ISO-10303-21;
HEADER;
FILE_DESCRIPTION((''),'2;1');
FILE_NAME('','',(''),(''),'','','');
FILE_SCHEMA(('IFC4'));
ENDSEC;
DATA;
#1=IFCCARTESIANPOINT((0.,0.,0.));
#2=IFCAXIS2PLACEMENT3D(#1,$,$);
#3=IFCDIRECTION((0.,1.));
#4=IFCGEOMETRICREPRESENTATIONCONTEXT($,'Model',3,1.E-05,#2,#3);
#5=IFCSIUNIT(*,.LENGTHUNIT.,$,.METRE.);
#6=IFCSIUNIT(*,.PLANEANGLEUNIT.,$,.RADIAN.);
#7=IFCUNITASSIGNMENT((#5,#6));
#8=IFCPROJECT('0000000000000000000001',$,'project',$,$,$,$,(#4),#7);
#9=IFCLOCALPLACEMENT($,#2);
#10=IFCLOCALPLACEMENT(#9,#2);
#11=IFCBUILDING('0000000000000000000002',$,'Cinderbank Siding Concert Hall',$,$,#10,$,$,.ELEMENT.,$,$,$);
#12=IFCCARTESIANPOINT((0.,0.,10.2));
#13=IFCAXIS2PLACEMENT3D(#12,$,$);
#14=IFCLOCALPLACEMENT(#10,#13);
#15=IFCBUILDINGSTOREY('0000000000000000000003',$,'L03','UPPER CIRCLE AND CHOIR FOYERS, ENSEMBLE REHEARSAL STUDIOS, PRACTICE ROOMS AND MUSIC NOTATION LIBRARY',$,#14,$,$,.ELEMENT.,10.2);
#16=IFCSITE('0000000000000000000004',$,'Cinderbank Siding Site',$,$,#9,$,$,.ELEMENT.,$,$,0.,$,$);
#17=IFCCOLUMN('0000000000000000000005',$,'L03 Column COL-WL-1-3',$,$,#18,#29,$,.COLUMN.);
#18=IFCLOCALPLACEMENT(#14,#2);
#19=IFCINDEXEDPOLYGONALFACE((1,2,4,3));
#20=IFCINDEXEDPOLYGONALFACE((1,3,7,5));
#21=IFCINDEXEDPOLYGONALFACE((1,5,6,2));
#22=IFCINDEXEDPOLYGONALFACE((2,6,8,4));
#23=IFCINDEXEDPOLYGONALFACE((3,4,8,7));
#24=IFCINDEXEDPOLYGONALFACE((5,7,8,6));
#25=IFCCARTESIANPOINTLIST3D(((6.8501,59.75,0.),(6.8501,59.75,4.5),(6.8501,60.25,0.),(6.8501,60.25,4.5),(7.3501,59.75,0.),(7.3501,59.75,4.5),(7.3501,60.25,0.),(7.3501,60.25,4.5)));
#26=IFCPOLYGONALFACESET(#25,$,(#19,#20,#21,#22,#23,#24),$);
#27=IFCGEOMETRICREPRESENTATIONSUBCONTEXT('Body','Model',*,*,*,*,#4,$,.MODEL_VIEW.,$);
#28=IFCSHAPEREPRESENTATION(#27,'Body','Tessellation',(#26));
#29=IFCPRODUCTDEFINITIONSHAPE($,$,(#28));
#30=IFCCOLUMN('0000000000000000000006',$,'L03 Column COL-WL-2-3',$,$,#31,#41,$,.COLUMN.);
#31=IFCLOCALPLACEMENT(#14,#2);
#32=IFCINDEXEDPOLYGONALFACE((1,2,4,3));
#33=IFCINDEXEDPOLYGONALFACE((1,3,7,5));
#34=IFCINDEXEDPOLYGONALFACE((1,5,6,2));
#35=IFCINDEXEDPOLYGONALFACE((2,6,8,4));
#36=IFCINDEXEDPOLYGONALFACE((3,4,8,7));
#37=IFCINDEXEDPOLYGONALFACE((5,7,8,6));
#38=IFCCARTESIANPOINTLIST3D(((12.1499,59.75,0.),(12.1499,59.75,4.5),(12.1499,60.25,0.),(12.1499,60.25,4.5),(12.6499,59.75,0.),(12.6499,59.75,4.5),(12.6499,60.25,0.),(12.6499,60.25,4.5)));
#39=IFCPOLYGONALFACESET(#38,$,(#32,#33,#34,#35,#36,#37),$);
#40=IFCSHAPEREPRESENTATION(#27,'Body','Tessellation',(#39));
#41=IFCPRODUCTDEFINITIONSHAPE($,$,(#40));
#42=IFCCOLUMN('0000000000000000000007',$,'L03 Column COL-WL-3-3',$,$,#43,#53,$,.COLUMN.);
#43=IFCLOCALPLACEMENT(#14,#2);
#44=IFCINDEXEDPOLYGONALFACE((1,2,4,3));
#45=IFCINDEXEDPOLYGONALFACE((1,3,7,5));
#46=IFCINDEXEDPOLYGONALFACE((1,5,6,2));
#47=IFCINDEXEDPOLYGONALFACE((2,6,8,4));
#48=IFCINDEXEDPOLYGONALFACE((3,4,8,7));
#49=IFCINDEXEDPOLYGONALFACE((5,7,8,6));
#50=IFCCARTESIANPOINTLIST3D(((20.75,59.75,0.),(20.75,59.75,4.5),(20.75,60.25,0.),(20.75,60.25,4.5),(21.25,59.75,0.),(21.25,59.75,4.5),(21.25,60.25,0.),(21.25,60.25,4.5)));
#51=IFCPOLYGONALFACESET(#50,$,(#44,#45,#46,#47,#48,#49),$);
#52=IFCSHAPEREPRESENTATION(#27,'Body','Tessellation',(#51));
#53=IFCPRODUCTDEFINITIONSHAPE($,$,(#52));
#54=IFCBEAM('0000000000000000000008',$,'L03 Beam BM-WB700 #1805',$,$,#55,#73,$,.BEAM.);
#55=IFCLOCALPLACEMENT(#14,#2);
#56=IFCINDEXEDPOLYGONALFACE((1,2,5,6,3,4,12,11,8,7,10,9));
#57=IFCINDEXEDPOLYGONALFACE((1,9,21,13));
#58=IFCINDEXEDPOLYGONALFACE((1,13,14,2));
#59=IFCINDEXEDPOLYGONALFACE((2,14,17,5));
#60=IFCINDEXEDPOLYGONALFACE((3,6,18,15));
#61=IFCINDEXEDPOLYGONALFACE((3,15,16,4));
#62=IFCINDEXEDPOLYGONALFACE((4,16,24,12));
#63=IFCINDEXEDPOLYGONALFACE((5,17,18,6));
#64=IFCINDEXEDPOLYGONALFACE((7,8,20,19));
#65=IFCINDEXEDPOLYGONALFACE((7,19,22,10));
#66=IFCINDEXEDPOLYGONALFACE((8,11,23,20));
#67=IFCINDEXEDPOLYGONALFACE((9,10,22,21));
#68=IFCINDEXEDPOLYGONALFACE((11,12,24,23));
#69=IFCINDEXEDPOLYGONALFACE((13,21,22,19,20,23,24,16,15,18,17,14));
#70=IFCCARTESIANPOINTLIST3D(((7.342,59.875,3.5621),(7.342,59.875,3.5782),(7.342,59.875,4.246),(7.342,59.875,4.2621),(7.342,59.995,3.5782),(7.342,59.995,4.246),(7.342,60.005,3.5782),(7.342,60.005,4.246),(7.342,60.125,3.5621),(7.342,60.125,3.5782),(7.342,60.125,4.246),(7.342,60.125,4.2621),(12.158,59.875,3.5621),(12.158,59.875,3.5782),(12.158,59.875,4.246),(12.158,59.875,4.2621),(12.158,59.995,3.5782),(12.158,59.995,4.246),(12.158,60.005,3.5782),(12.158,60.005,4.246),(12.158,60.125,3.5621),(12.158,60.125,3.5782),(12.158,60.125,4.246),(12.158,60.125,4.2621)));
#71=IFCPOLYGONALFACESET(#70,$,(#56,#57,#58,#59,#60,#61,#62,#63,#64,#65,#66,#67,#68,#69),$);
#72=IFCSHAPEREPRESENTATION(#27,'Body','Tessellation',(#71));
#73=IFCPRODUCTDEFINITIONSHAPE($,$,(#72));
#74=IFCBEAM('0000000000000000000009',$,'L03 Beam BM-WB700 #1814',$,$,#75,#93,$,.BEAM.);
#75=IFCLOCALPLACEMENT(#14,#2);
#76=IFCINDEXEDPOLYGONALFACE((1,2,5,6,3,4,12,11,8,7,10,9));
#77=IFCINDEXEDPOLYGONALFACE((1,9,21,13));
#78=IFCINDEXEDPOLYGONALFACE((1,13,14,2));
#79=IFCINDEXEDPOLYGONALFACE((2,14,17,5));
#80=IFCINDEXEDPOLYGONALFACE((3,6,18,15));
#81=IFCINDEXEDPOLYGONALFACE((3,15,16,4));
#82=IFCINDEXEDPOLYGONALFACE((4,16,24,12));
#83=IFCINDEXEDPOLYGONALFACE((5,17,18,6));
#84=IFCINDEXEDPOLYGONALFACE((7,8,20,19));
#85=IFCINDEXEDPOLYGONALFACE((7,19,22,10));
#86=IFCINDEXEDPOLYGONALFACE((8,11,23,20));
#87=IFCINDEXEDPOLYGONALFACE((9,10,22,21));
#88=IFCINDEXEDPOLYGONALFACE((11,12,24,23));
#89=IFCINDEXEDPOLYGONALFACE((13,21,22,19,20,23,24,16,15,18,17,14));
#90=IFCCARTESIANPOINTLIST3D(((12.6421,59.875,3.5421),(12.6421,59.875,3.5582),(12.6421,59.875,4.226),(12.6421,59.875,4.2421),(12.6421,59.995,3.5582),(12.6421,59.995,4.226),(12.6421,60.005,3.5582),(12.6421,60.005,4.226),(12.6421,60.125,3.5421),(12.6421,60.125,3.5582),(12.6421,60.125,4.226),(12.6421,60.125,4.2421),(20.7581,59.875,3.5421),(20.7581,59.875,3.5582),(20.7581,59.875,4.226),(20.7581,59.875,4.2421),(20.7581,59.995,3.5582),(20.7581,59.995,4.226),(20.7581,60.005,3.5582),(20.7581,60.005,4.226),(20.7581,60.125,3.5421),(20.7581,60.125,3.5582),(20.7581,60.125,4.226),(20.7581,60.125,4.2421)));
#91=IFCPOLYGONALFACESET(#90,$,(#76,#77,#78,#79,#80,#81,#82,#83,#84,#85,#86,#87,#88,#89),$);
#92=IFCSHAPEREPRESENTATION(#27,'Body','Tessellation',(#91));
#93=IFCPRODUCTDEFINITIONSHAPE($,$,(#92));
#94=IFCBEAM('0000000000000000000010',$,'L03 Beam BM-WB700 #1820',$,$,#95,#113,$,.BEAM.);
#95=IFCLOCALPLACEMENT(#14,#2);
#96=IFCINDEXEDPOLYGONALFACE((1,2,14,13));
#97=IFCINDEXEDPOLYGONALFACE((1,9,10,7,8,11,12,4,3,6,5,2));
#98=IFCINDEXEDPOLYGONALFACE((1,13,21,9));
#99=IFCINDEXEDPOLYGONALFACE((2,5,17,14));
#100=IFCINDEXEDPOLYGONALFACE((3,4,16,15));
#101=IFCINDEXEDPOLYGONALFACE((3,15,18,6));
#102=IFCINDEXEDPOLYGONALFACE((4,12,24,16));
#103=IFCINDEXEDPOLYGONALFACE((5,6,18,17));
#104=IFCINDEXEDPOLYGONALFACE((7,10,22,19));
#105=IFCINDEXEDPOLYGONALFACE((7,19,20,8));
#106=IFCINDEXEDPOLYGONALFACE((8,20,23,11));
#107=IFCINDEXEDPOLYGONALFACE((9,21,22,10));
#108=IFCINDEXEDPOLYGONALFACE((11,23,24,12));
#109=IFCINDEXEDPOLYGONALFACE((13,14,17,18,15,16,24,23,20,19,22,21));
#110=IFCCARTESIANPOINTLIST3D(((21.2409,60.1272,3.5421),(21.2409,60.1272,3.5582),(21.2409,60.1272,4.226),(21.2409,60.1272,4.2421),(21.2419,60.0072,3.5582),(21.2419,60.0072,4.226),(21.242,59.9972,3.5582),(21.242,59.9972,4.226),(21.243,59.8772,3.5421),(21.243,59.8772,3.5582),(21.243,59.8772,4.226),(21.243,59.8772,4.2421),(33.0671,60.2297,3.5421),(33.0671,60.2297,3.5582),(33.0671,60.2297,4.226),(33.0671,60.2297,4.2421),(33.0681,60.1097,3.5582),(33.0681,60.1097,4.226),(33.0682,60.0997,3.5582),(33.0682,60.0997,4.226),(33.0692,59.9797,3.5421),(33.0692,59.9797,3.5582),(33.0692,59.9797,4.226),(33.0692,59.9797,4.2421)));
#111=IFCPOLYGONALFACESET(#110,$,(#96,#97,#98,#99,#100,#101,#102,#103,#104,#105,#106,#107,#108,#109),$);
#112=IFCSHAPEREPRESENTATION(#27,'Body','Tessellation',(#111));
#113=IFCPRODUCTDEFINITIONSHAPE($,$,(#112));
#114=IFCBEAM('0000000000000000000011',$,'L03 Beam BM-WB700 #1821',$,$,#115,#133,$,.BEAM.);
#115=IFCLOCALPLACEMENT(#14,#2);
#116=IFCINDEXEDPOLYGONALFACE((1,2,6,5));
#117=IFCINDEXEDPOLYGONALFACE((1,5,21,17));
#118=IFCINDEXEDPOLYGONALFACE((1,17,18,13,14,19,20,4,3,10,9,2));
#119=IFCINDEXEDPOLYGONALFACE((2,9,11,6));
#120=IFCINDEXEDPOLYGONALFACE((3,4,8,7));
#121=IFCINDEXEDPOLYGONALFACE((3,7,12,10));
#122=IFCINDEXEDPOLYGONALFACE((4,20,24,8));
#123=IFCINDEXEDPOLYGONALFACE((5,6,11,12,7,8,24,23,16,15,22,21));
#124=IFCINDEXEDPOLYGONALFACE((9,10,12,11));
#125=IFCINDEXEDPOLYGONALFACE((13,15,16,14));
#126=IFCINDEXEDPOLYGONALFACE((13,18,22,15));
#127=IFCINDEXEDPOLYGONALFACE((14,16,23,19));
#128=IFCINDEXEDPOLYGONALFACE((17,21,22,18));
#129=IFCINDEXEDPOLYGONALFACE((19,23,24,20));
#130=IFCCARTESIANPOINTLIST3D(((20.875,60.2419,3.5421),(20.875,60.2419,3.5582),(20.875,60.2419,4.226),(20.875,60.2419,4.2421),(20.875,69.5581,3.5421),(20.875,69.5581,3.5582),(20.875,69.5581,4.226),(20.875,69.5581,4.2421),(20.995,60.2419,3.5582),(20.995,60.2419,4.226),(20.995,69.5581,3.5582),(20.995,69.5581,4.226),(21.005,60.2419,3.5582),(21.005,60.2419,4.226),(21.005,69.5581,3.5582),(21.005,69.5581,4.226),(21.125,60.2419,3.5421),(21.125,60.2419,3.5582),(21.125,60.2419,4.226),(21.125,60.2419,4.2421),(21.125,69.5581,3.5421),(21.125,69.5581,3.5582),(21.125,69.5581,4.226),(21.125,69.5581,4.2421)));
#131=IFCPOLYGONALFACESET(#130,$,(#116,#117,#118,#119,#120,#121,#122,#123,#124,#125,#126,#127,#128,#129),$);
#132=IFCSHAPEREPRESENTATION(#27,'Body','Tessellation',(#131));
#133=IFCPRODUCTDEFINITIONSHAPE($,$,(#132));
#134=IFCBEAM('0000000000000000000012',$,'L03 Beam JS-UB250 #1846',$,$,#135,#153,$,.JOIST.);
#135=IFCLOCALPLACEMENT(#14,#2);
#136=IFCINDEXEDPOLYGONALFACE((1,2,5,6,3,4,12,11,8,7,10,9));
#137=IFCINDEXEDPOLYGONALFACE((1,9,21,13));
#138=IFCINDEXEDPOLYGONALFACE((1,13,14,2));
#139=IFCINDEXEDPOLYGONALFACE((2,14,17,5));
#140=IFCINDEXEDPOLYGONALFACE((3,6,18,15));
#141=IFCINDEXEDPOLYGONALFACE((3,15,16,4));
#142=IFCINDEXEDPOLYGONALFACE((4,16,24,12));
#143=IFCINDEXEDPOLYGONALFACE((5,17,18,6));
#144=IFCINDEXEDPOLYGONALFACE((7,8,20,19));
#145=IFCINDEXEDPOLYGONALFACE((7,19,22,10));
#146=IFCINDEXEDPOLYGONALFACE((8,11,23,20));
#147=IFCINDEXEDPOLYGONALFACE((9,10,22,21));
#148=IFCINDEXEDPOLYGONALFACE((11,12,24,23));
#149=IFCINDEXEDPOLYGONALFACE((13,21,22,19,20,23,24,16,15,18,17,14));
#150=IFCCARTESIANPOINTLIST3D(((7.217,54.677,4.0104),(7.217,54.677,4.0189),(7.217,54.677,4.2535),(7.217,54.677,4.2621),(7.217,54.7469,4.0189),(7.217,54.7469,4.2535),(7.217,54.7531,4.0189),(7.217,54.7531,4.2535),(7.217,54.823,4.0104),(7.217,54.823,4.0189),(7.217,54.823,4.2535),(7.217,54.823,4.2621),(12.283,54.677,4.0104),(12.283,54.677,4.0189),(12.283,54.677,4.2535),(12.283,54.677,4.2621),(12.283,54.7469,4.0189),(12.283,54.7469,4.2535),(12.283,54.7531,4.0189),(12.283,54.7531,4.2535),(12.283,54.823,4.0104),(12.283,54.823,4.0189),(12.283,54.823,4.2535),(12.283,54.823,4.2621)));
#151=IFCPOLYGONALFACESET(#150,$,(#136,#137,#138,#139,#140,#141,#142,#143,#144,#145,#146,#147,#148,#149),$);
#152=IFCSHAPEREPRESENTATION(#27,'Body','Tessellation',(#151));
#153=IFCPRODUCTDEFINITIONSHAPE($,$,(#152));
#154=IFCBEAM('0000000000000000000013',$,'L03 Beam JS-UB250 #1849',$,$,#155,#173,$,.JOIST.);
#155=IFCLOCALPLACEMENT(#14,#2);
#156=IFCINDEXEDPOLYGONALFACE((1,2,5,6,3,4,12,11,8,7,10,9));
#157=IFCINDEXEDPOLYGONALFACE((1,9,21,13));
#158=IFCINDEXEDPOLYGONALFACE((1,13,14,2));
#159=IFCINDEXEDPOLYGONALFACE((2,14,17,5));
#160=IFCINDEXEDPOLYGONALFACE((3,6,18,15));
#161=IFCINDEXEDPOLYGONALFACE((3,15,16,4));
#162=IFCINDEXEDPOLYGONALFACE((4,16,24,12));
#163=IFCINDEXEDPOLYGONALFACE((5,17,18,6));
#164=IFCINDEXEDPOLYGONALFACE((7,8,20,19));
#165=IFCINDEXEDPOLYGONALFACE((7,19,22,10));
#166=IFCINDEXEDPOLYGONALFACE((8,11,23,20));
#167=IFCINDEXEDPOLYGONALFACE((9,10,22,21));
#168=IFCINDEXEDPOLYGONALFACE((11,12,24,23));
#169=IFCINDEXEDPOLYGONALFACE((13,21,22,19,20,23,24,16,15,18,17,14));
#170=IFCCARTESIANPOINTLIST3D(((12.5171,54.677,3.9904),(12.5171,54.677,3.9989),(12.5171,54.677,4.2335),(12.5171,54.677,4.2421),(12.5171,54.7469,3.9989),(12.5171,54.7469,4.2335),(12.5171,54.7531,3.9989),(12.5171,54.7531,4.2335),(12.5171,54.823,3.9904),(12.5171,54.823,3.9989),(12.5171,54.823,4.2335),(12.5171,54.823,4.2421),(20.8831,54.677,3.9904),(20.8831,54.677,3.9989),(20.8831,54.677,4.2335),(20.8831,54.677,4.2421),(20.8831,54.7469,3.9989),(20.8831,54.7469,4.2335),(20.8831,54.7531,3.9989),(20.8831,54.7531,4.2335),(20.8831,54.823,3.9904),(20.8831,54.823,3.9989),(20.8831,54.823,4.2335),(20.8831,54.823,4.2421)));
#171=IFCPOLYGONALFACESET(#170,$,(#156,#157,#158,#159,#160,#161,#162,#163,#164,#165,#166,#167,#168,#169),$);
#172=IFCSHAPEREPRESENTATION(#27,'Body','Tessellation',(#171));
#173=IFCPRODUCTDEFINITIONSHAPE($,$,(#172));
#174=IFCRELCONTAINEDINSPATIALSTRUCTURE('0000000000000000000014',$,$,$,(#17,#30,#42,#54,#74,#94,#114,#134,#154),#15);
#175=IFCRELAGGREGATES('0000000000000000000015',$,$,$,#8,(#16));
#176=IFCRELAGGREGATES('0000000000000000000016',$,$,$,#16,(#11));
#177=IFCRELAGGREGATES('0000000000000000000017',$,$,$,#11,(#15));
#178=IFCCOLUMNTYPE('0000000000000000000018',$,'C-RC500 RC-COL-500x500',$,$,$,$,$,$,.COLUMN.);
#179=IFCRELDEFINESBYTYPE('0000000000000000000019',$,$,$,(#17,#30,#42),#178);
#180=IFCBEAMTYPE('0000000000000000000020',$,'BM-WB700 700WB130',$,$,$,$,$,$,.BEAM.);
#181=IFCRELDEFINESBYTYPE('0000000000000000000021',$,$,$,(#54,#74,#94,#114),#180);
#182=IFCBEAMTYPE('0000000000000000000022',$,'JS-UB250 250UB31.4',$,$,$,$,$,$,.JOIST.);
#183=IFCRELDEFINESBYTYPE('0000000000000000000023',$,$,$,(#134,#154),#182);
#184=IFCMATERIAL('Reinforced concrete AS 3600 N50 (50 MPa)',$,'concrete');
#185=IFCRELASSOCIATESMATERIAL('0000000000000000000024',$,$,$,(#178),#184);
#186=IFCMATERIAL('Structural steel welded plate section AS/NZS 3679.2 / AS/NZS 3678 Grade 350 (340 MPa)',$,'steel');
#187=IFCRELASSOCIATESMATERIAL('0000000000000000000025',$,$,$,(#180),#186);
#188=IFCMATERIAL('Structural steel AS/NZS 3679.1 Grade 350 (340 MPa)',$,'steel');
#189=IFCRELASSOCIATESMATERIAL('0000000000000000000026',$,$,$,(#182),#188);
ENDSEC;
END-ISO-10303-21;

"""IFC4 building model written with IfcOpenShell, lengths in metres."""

from ifc_helpers import new_model, si_unit, direction, frame, origin, origin_2d, place, context, subcontext, project, spatial, rectangle, i_section, extrude, material, material_profile, profile_set, type_object, element, save


model = new_model("IFC4")

# Units and contexts
model_context = context("Model", 3, precision=1e-05, world=origin(), true_north=direction((0.0, 1.0)))
body_context = subcontext(model_context, "Body", "Model", "MODEL_VIEW")
ifc_project = project(units=[si_unit("LENGTHUNIT", "METRE"), si_unit("PLANEANGLEUNIT", "RADIAN")], contexts=[model_context])

# Site, building, storey
site_placement = place(None, origin())
site = spatial("IfcSite", under=ifc_project, at=site_placement, Name="Cinderbank Siding Site", CompositionType="ELEMENT", RefElevation=0.0)
building_placement = place(site_placement, origin())
building = spatial("IfcBuilding", under=site, at=building_placement, Name="Cinderbank Siding Concert Hall", CompositionType="ELEMENT")
storey_placement = place(building_placement, frame((0.0, 0.0, 10.2)))
storey = spatial("IfcBuildingStorey", under=building, at=storey_placement, Name="L03", Description="UPPER CIRCLE AND CHOIR FOYERS, ENSEMBLE REHEARSAL STUDIOS, PRACTICE ROOMS AND MUSIC NOTATION LIBRARY", CompositionType="ELEMENT", Elevation=10.2)

# Columns
ifc_material_1 = material(Name="Reinforced concrete AS 3600 N50 (50 MPa)", Category="concrete")
ifc_material_profile_1 = material_profile(ifc_material_1, rectangle(XDim=0.5, YDim=0.5, at=origin_2d()), Name="RC-COL-500x500", Category="LoadBearing")
ifc_profile_set_1 = profile_set([ifc_material_profile_1], Name="Reinforced concrete AS 3600 N50 (50 MPa)")
column_type = type_object("IfcColumnType", Name="C-RC500 RC-COL-500x500", PredefinedType="COLUMN", material=ifc_profile_set_1)
for number, where, z_axis, x_axis, name in (
    (1, (7.1001, 60.0, 0.0), (0.0, 0.0, 1.0), (1.0, 0.0, 0.0), "L03 Column COL-WL-1-3"),
    (2, (12.3999, 60.0, 0.0), (0.0, 0.0, 1.0), (1.0, 0.0, 0.0), "L03 Column COL-WL-2-3"),
    (3, (21.0, 60.0, 0.0), (0.0, 0.0, 1.0), (1.0, 0.0, 0.0), "L03 Column COL-WL-3-3"),
):
    element("IfcColumn", number, at=place(storey_placement, frame(where, z_axis=z_axis, x_axis=x_axis)), inside=storey, type_object=column_type, Name=name, PredefinedType="COLUMN", context=body_context, shape_type="SweptSolid", body=[
        extrude(rectangle(XDim=0.5, YDim=0.5, at=origin_2d()), origin(), (0.0, 0.0, 1.0), 4.5),
    ])

# Beams
ifc_material_2 = material(Name="Structural steel welded plate section AS/NZS 3679.2 / AS/NZS 3678 Grade 350 (340 MPa)", Category="steel")
ifc_material_profile_2 = material_profile(ifc_material_2, i_section(OverallWidth=0.25, OverallDepth=0.7, WebThickness=0.01, FlangeThickness=0.0161, at=origin_2d()), Name="700WB130", Category="LoadBearing")
ifc_profile_set_2 = profile_set([ifc_material_profile_2], Name="Structural steel welded plate section AS/NZS 3679.2 / AS/NZS 3678 Grade 350 (340 MPa)")
beam_type_1 = type_object("IfcBeamType", Name="BM-WB700 700WB130", PredefinedType="BEAM", material=ifc_profile_set_2)
beam_1_placement = place(storey_placement, frame((7.342, 60.0, 3.9121), z_axis=(1.0, 0.0, 0.0), x_axis=(0.0, 1.0, 0.0)))
element("IfcBeam", 4, at=beam_1_placement, inside=storey, type_object=beam_type_1, Name="L03 Beam BM-WB700 #1805", PredefinedType="BEAM", context=body_context, shape_type="SweptSolid", body=[
    extrude(i_section(OverallWidth=0.25, OverallDepth=0.7, WebThickness=0.01, FlangeThickness=0.0161, at=origin_2d()), origin(), (0.0, 0.0, 1.0), 4.8159),
])
beam_2_placement = place(storey_placement, frame((12.6421, 60.0, 3.8921), z_axis=(1.0, 0.0, 0.0), x_axis=(0.0, 1.0, 0.0)))
element("IfcBeam", 5, at=beam_2_placement, inside=storey, type_object=beam_type_1, Name="L03 Beam BM-WB700 #1814", PredefinedType="BEAM", context=body_context, shape_type="SweptSolid", body=[
    extrude(i_section(OverallWidth=0.25, OverallDepth=0.7, WebThickness=0.01, FlangeThickness=0.0161, at=origin_2d()), origin(), (0.0, 0.0, 1.0), 8.116),
])
beam_3_placement = place(storey_placement, frame((21.2419, 60.0022, 3.8921), z_axis=(0.999962, 0.00867, 0.0), x_axis=(-0.00867, 0.999962, 0.0)))
element("IfcBeam", 6, at=beam_3_placement, inside=storey, type_object=beam_type_1, Name="L03 Beam BM-WB700 #1820", PredefinedType="BEAM", context=body_context, shape_type="SweptSolid", body=[
    extrude(i_section(OverallWidth=0.25, OverallDepth=0.7, WebThickness=0.01, FlangeThickness=0.0161, at=origin_2d()), origin(), (0.0, 0.0, 1.0), 11.8267),
])
beam_4_placement = place(storey_placement, frame((21.0, 60.2419, 3.8921), z_axis=(0.0, 1.0, 0.0), x_axis=(-1.0, 0.0, 0.0)))
element("IfcBeam", 7, at=beam_4_placement, inside=storey, type_object=beam_type_1, Name="L03 Beam BM-WB700 #1821", PredefinedType="BEAM", context=body_context, shape_type="SweptSolid", body=[
    extrude(i_section(OverallWidth=0.25, OverallDepth=0.7, WebThickness=0.01, FlangeThickness=0.0161, at=origin_2d()), origin(), (0.0, 0.0, 1.0), 9.3162),
])
ifc_material_3 = material(Name="Structural steel AS/NZS 3679.1 Grade 350 (340 MPa)", Category="steel")
ifc_material_profile_3 = material_profile(ifc_material_3, i_section(OverallWidth=0.146, OverallDepth=0.2517, WebThickness=0.0061, FlangeThickness=0.0085, at=origin_2d()), Name="250UB31.4", Category="LoadBearing")
ifc_profile_set_3 = profile_set([ifc_material_profile_3], Name="Structural steel AS/NZS 3679.1 Grade 350 (340 MPa)")
beam_type_2 = type_object("IfcBeamType", Name="JS-UB250 250UB31.4", PredefinedType="JOIST", material=ifc_profile_set_3)
beam_5_placement = place(storey_placement, frame((7.217, 54.75, 4.1362), z_axis=(1.0, 0.0, 0.0), x_axis=(0.0, 1.0, 0.0)))
element("IfcBeam", 8, at=beam_5_placement, inside=storey, type_object=beam_type_2, Name="L03 Beam JS-UB250 #1846", PredefinedType="JOIST", context=body_context, shape_type="SweptSolid", body=[
    extrude(i_section(OverallWidth=0.146, OverallDepth=0.2517, WebThickness=0.0061, FlangeThickness=0.0085, at=origin_2d()), origin(), (0.0, 0.0, 1.0), 5.0659),
])
beam_6_placement = place(storey_placement, frame((12.5171, 54.75, 4.1162), z_axis=(1.0, 0.0, 0.0), x_axis=(0.0, 1.0, 0.0)))
element("IfcBeam", 9, at=beam_6_placement, inside=storey, type_object=beam_type_2, Name="L03 Beam JS-UB250 #1849", PredefinedType="JOIST", context=body_context, shape_type="SweptSolid", body=[
    extrude(i_section(OverallWidth=0.146, OverallDepth=0.2517, WebThickness=0.0061, FlangeThickness=0.0085, at=origin_2d()), origin(), (0.0, 0.0, 1.0), 8.366),
])

save(model, "model.ifc")
